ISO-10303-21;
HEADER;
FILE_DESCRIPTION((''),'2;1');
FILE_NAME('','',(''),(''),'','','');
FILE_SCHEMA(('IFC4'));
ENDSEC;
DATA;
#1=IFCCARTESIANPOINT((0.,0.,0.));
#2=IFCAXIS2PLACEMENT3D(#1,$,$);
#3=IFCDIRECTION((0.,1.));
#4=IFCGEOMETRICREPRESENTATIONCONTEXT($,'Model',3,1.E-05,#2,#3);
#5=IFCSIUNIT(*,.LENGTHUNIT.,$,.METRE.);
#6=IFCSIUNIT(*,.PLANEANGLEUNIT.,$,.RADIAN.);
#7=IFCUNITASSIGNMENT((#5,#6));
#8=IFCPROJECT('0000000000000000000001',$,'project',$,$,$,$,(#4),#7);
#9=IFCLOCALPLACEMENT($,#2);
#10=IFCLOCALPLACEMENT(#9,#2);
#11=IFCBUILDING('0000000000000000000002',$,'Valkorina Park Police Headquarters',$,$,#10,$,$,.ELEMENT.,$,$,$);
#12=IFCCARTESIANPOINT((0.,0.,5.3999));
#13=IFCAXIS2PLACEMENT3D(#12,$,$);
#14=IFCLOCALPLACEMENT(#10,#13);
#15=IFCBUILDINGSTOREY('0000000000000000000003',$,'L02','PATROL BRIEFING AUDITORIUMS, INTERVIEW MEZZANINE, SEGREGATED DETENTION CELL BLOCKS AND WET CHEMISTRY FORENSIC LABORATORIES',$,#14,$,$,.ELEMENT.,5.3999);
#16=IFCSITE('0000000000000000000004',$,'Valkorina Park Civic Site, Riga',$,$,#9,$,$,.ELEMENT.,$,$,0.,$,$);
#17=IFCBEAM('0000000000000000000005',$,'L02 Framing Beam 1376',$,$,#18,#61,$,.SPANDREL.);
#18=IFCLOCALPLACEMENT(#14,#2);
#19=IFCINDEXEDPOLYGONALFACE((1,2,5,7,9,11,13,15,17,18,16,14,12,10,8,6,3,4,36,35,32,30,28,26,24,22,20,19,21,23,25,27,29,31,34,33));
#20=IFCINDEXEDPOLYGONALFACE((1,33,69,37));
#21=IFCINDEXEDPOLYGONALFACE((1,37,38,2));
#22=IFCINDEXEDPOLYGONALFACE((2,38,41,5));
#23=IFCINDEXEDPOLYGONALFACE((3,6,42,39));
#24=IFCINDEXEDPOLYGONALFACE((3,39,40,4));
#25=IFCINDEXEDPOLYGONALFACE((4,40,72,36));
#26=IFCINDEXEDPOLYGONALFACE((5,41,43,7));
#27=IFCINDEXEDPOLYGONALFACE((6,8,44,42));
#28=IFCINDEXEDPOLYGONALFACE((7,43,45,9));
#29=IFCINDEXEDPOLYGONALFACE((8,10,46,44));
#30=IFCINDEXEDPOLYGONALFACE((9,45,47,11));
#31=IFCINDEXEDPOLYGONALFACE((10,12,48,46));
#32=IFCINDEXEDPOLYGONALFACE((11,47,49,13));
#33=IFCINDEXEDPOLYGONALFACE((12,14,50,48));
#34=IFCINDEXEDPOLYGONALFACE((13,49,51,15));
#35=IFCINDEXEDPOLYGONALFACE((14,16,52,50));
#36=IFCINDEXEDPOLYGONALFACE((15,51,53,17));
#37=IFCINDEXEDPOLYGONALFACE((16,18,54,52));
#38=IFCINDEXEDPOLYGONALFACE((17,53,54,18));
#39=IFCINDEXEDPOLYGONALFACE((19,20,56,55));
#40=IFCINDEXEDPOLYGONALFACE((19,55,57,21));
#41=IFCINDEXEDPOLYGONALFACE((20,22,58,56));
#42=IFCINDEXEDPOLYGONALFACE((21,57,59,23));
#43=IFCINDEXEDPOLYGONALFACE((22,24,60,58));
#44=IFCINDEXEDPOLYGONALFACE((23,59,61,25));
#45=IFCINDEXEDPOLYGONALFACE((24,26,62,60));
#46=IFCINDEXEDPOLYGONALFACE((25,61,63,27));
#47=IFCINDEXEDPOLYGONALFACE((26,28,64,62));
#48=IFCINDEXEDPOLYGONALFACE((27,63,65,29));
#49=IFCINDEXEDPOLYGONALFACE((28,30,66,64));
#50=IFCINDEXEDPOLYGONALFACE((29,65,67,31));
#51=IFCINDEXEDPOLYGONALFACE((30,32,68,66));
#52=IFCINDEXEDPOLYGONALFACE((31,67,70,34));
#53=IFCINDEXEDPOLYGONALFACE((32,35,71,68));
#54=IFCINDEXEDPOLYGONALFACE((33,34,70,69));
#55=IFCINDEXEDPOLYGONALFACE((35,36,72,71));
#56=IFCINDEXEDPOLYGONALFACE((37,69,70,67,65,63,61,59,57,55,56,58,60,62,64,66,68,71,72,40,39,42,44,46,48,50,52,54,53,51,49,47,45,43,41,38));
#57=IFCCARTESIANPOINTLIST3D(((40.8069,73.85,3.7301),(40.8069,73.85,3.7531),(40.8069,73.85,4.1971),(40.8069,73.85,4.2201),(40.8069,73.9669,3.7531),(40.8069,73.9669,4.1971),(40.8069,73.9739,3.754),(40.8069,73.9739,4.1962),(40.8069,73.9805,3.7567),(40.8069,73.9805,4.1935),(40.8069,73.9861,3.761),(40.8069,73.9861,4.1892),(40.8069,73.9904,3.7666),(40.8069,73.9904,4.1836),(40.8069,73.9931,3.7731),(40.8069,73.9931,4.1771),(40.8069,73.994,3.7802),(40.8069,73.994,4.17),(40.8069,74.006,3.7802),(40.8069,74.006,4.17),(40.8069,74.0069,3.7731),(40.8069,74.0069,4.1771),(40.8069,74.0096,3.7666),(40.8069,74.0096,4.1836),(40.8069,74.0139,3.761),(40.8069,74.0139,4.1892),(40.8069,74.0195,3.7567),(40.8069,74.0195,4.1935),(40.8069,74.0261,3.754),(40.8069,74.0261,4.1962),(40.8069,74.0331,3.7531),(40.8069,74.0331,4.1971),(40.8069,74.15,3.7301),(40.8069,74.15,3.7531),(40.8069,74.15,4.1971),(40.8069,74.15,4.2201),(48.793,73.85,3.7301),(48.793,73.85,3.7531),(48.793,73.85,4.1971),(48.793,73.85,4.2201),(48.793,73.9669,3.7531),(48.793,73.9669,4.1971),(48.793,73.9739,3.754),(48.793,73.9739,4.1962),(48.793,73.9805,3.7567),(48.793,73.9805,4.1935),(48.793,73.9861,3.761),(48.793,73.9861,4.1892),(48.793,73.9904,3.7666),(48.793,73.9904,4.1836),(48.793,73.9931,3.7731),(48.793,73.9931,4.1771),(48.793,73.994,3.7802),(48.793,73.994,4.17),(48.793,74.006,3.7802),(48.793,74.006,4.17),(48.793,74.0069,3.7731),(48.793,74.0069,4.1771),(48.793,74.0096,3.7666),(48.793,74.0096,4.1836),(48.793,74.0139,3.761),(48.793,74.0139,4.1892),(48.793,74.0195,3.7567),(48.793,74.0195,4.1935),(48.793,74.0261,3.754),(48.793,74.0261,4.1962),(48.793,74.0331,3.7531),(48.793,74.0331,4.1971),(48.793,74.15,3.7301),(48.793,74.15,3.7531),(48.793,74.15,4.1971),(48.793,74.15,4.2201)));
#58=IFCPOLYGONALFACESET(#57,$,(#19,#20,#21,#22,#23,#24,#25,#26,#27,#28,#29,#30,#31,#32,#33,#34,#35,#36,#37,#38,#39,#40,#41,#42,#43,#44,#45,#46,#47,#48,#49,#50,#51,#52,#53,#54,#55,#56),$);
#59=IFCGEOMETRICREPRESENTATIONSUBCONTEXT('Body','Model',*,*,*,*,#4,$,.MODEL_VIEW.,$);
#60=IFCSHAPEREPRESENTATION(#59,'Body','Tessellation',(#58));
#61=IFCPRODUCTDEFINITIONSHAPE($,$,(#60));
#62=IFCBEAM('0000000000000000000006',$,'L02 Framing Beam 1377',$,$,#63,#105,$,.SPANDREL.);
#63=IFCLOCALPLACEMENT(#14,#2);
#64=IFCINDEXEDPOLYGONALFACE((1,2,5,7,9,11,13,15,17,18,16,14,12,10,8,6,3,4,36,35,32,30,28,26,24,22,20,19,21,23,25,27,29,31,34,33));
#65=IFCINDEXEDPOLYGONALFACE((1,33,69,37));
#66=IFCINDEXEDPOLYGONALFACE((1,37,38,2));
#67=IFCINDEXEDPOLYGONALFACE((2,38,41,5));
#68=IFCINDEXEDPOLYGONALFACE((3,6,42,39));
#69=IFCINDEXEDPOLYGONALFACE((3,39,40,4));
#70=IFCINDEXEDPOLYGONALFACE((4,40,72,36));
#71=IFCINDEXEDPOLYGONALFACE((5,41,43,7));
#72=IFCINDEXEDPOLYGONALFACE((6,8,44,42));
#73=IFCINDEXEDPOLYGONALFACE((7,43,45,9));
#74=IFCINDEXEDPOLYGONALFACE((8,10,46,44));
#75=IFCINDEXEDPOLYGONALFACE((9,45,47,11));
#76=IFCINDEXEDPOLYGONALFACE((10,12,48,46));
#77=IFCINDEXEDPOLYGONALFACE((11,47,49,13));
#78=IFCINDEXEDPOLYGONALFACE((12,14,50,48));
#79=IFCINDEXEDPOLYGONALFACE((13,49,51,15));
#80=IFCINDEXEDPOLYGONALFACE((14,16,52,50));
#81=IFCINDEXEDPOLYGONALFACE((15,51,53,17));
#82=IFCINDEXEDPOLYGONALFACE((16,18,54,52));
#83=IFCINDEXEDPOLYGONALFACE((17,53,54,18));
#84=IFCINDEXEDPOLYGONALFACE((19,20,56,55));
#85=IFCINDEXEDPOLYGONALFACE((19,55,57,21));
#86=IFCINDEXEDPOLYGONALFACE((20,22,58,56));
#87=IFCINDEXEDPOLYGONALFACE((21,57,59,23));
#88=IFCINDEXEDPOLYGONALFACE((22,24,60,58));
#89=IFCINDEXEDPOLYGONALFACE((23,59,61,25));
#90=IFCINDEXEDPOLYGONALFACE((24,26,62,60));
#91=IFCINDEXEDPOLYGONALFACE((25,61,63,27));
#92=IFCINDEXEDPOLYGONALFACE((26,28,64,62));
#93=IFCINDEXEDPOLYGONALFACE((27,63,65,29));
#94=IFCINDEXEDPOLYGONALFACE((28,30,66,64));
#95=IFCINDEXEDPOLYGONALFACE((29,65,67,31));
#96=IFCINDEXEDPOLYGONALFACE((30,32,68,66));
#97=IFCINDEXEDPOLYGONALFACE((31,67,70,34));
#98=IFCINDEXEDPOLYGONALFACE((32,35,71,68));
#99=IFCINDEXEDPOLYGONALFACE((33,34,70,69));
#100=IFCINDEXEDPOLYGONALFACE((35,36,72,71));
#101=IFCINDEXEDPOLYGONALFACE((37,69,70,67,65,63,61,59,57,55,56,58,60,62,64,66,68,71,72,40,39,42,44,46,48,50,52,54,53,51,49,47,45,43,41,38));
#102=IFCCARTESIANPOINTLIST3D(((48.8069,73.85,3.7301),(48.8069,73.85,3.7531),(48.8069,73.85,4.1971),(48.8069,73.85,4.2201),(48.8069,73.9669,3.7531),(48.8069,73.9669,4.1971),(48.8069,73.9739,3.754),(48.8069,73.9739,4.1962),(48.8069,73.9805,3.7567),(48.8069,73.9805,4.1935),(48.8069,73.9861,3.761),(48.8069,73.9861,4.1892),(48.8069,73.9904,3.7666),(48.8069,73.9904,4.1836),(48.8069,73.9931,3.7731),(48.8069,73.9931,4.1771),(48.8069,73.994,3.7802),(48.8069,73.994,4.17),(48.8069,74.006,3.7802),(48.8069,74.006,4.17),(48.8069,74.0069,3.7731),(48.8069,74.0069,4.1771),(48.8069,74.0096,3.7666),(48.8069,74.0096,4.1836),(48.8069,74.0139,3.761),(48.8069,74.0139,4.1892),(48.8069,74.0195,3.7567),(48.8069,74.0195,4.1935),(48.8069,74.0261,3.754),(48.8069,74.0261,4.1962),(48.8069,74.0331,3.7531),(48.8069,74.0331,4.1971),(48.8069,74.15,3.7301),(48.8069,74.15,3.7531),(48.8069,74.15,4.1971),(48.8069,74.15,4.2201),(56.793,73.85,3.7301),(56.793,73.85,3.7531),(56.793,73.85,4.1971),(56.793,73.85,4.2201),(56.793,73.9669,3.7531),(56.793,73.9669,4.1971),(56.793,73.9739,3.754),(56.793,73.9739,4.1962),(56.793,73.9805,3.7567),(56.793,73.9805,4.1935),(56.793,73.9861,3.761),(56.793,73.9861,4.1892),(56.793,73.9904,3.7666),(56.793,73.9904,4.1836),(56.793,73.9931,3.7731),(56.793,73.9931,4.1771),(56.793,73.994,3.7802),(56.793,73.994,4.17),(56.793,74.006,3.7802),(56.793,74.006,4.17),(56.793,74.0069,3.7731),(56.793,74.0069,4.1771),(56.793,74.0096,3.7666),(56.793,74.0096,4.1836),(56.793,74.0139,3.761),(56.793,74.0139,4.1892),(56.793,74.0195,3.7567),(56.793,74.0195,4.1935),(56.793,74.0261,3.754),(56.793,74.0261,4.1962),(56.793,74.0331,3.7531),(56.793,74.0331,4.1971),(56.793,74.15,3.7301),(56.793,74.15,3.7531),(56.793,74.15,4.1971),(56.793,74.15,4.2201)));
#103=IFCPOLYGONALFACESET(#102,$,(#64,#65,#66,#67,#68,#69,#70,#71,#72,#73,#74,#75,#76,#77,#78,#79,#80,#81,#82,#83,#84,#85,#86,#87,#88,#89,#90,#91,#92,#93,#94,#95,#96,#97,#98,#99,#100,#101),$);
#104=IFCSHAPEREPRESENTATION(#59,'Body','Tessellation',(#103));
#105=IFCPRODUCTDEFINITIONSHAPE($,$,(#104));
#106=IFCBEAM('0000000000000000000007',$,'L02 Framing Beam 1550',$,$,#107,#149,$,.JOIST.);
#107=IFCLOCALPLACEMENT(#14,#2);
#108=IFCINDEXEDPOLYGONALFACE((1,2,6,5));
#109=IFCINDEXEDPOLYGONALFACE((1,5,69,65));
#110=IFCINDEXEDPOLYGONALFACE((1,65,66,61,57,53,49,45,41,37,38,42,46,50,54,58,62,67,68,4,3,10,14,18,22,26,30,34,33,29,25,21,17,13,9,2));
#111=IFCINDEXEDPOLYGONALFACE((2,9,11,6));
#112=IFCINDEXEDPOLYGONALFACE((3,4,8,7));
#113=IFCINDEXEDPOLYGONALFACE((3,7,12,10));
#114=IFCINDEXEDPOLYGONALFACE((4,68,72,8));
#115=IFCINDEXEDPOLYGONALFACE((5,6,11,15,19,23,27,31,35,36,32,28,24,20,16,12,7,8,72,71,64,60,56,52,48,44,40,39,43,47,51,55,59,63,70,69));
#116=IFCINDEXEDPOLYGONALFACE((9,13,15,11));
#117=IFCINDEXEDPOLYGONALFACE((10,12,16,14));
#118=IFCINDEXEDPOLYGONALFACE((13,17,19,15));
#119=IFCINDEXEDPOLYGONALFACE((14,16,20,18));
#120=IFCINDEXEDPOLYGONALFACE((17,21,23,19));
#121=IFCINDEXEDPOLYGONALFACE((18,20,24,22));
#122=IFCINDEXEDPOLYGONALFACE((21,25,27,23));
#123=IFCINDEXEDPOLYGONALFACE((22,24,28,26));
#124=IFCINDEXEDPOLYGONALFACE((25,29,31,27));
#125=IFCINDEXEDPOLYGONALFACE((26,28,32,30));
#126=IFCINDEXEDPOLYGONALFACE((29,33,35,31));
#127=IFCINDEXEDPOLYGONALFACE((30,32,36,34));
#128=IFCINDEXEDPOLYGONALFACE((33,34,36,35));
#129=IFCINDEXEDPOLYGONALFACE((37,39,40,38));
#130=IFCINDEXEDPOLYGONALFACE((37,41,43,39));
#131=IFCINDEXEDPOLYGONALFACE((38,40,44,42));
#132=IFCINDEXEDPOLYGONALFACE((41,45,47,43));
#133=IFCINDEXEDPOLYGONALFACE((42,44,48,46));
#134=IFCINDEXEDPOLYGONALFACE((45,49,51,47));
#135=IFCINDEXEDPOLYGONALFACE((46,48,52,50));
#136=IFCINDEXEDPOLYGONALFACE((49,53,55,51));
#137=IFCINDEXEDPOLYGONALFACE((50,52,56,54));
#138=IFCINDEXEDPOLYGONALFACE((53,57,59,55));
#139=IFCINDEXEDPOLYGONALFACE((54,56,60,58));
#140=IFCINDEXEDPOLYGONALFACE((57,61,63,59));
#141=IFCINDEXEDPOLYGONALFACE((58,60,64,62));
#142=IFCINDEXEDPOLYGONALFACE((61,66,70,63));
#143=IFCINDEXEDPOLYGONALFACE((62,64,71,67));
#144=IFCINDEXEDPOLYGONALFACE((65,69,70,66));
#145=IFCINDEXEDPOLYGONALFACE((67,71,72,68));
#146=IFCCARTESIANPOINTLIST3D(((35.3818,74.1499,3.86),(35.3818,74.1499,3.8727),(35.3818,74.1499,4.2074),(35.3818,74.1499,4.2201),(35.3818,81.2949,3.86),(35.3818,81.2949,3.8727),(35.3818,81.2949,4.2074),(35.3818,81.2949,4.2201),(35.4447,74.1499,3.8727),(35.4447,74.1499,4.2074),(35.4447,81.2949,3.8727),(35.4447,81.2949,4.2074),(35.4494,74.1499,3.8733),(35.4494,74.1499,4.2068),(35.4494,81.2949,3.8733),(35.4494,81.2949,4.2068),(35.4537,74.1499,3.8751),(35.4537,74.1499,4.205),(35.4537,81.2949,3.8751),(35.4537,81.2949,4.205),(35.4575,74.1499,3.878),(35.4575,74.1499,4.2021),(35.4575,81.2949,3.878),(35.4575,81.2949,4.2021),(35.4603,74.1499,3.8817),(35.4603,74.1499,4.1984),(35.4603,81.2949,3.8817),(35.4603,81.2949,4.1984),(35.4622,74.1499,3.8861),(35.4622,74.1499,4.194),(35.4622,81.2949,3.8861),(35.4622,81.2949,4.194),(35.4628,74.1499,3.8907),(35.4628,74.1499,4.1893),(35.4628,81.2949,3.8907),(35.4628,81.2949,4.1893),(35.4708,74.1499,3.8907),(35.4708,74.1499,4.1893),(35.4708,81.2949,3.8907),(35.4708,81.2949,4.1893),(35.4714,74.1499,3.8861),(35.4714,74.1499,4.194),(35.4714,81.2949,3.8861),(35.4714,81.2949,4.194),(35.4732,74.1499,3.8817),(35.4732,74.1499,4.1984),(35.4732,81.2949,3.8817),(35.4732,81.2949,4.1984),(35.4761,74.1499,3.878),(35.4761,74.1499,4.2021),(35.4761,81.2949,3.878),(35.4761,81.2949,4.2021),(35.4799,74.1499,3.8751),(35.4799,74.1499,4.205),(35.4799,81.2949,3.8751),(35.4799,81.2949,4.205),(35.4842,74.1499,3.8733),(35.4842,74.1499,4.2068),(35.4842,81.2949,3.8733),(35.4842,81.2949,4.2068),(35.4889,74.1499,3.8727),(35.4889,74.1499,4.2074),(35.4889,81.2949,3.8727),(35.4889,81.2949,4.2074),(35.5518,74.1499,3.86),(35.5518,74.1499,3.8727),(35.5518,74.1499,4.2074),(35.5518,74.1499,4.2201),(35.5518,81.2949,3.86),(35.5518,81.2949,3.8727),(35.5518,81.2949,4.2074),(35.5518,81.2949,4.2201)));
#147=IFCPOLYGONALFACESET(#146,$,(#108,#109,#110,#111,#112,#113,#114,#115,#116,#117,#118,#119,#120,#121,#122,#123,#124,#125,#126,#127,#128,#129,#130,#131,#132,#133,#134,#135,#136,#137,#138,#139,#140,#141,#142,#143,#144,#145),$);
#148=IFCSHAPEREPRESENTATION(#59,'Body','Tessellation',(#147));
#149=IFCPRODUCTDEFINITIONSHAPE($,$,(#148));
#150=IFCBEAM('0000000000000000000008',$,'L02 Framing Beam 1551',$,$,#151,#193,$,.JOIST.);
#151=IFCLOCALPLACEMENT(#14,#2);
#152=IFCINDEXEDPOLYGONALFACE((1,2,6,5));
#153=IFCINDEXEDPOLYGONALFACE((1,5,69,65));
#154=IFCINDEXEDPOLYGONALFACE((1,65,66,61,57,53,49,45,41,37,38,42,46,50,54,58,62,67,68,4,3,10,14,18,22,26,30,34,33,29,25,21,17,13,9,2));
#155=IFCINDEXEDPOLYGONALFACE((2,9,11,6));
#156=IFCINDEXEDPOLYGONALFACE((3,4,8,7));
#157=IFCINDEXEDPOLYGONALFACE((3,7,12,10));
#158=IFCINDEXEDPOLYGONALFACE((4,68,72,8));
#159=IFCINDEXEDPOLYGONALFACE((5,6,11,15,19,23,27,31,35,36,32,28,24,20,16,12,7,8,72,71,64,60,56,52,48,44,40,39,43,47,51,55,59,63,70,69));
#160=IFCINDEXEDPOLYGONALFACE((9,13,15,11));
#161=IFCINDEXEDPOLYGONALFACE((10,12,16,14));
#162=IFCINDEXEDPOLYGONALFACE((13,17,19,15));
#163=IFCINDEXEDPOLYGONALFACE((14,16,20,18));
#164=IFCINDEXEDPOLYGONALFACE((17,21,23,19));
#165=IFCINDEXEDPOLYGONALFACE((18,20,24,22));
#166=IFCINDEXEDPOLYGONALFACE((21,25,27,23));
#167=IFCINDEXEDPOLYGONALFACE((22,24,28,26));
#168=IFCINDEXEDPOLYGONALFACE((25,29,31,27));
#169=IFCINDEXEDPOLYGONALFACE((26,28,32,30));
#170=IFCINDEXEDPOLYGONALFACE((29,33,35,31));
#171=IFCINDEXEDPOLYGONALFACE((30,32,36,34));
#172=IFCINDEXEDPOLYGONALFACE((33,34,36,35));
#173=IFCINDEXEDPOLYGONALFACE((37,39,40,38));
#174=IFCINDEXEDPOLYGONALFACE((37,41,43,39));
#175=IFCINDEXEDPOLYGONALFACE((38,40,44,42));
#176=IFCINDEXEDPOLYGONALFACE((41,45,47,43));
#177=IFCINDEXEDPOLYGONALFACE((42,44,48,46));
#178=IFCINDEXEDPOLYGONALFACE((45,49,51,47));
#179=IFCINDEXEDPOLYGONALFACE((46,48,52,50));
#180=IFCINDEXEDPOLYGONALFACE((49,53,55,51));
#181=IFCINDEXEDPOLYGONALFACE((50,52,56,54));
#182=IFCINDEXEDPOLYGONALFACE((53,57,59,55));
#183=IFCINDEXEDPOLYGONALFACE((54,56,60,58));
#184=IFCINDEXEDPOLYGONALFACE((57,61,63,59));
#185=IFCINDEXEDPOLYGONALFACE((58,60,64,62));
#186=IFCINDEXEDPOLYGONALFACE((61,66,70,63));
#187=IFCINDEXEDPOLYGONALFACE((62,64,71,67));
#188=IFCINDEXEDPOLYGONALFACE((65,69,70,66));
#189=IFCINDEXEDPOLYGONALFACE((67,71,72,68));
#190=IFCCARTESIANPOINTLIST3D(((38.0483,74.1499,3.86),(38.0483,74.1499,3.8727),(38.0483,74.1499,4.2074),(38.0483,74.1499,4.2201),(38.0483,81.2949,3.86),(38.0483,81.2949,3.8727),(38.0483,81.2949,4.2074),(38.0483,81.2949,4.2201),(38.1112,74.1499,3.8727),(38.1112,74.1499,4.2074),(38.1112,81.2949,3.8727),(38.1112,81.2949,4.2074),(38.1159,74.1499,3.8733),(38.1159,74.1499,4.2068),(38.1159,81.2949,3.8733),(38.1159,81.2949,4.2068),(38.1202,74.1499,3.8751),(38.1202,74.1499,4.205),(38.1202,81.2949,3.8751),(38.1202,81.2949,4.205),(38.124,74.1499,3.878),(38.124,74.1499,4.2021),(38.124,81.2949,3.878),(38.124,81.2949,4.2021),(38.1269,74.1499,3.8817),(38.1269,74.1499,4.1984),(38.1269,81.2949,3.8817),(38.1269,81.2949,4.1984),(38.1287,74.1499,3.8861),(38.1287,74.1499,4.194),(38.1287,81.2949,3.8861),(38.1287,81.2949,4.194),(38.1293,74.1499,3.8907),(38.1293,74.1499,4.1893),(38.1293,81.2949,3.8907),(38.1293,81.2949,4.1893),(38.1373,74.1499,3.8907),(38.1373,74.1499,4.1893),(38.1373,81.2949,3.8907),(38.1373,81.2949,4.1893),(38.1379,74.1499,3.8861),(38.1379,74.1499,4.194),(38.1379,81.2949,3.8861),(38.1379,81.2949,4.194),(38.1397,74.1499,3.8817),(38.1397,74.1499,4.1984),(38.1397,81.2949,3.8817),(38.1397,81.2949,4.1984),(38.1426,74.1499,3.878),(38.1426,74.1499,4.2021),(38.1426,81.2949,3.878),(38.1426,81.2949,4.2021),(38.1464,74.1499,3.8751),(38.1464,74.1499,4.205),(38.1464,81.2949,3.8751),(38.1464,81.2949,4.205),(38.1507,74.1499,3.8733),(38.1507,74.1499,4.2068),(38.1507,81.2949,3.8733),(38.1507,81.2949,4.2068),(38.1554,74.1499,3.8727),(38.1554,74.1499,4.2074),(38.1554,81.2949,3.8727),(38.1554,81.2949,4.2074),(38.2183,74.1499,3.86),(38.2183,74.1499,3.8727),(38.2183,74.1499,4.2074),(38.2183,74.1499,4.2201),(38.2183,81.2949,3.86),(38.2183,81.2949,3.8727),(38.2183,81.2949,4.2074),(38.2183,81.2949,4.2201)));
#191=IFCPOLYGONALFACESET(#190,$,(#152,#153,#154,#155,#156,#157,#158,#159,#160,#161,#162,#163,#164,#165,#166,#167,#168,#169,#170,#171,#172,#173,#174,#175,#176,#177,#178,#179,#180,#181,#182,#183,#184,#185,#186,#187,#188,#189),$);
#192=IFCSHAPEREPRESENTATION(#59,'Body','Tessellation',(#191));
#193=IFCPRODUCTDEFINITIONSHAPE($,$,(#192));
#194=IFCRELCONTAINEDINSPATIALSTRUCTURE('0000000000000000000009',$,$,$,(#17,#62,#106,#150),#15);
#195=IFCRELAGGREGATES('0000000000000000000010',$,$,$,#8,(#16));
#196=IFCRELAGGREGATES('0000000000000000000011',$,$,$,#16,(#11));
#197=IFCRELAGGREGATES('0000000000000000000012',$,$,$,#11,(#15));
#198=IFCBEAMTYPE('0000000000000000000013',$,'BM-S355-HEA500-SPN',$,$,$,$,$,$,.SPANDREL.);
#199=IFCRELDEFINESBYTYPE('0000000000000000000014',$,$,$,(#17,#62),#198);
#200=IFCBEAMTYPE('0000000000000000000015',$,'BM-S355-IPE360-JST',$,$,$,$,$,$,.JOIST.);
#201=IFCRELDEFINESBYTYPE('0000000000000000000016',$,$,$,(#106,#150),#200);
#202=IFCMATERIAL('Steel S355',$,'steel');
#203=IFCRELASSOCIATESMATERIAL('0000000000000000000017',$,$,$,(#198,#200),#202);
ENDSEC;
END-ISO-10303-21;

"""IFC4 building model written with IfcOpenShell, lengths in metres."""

from ifc_helpers import new_model, si_unit, direction, frame, origin, origin_2d, place, context, subcontext, project, spatial, i_section, extrude, material, material_profile, profile_set, type_object, element, save


model = new_model("IFC4")

# Units and contexts
model_context = context("Model", 3, precision=1e-05, world=origin(), true_north=direction((0.0, 1.0)))
body_context = subcontext(model_context, "Body", "Model", "MODEL_VIEW")
ifc_project = project(units=[si_unit("LENGTHUNIT", "METRE"), si_unit("PLANEANGLEUNIT", "RADIAN")], contexts=[model_context])

# Site, building, storey
site_placement = place(None, origin())
site = spatial("IfcSite", under=ifc_project, at=site_placement, Name="Valkorina Park Civic Site, Riga", CompositionType="ELEMENT", RefElevation=0.0)
building_placement = place(site_placement, origin())
building = spatial("IfcBuilding", under=site, at=building_placement, Name="Valkorina Park Police Headquarters", CompositionType="ELEMENT")
storey_placement = place(building_placement, frame((0.0, 0.0, 5.3999)))
storey = spatial("IfcBuildingStorey", under=building, at=storey_placement, Name="L02", Description="PATROL BRIEFING AUDITORIUMS, INTERVIEW MEZZANINE, SEGREGATED DETENTION CELL BLOCKS AND WET CHEMISTRY FORENSIC LABORATORIES", CompositionType="ELEMENT", Elevation=5.3999)

# Shared definitions
ifc_material_1 = material(Name="Steel S355", Category="steel")

# Beams
ifc_material_profile_1 = material_profile(ifc_material_1, i_section(OverallWidth=0.3, OverallDepth=0.49, WebThickness=0.012, FlangeThickness=0.0229, FilletRadius=0.0271, at=origin_2d()), Name="HEA 500")
ifc_profile_set_1 = profile_set([ifc_material_profile_1], Name="Steel S355")
beam_type_1 = type_object("IfcBeamType", Name="BM-S355-HEA500-SPN", PredefinedType="SPANDREL", material=ifc_profile_set_1)
for number, where, z_axis, x_axis, name in (
    (1, (40.8069, 74.0, 3.9751), (1.0, 0.0, 0.0), (0.0, 1.0, 0.0), "L02 Framing Beam 1376"),
    (2, (48.8069, 74.0, 3.9751), (1.0, 0.0, 0.0), (0.0, 1.0, 0.0), "L02 Framing Beam 1377"),
):
    element("IfcBeam", number, at=place(storey_placement, frame(where, z_axis=z_axis, x_axis=x_axis)), inside=storey, type_object=beam_type_1, Name=name, PredefinedType="SPANDREL", context=body_context, shape_type="SweptSolid", body=[
        extrude(i_section(OverallWidth=0.3, OverallDepth=0.49, WebThickness=0.012, FlangeThickness=0.0229, FilletRadius=0.0271, at=origin_2d()), origin(), (0.0, 0.0, 1.0), 7.9861),
    ])
ifc_material_profile_2 = material_profile(ifc_material_1, i_section(OverallWidth=0.1699, OverallDepth=0.3601, WebThickness=0.0081, FlangeThickness=0.0127, FilletRadius=0.0181, at=origin_2d()), Name="IPE 360")
ifc_profile_set_2 = profile_set([ifc_material_profile_2], Name="Steel S355")
beam_type_2 = type_object("IfcBeamType", Name="BM-S355-IPE360-JST", PredefinedType="JOIST", material=ifc_profile_set_2)
for number, where, z_axis, x_axis, name in (
    (3, (35.4668, 74.1499, 4.04), (0.0, 1.0, 0.0), (-1.0, 0.0, 0.0), "L02 Framing Beam 1550"),
    (4, (38.1333, 74.1499, 4.04), (0.0, 1.0, 0.0), (-1.0, 0.0, 0.0), "L02 Framing Beam 1551"),
):
    element("IfcBeam", number, at=place(storey_placement, frame(where, z_axis=z_axis, x_axis=x_axis)), inside=storey, type_object=beam_type_2, Name=name, PredefinedType="JOIST", context=body_context, shape_type="SweptSolid", body=[
        extrude(i_section(OverallWidth=0.1699, OverallDepth=0.3601, WebThickness=0.0081, FlangeThickness=0.0127, FilletRadius=0.0181, at=origin_2d()), origin(), (0.0, 0.0, 1.0), 7.145),
    ])

save(model, "model.ifc")
